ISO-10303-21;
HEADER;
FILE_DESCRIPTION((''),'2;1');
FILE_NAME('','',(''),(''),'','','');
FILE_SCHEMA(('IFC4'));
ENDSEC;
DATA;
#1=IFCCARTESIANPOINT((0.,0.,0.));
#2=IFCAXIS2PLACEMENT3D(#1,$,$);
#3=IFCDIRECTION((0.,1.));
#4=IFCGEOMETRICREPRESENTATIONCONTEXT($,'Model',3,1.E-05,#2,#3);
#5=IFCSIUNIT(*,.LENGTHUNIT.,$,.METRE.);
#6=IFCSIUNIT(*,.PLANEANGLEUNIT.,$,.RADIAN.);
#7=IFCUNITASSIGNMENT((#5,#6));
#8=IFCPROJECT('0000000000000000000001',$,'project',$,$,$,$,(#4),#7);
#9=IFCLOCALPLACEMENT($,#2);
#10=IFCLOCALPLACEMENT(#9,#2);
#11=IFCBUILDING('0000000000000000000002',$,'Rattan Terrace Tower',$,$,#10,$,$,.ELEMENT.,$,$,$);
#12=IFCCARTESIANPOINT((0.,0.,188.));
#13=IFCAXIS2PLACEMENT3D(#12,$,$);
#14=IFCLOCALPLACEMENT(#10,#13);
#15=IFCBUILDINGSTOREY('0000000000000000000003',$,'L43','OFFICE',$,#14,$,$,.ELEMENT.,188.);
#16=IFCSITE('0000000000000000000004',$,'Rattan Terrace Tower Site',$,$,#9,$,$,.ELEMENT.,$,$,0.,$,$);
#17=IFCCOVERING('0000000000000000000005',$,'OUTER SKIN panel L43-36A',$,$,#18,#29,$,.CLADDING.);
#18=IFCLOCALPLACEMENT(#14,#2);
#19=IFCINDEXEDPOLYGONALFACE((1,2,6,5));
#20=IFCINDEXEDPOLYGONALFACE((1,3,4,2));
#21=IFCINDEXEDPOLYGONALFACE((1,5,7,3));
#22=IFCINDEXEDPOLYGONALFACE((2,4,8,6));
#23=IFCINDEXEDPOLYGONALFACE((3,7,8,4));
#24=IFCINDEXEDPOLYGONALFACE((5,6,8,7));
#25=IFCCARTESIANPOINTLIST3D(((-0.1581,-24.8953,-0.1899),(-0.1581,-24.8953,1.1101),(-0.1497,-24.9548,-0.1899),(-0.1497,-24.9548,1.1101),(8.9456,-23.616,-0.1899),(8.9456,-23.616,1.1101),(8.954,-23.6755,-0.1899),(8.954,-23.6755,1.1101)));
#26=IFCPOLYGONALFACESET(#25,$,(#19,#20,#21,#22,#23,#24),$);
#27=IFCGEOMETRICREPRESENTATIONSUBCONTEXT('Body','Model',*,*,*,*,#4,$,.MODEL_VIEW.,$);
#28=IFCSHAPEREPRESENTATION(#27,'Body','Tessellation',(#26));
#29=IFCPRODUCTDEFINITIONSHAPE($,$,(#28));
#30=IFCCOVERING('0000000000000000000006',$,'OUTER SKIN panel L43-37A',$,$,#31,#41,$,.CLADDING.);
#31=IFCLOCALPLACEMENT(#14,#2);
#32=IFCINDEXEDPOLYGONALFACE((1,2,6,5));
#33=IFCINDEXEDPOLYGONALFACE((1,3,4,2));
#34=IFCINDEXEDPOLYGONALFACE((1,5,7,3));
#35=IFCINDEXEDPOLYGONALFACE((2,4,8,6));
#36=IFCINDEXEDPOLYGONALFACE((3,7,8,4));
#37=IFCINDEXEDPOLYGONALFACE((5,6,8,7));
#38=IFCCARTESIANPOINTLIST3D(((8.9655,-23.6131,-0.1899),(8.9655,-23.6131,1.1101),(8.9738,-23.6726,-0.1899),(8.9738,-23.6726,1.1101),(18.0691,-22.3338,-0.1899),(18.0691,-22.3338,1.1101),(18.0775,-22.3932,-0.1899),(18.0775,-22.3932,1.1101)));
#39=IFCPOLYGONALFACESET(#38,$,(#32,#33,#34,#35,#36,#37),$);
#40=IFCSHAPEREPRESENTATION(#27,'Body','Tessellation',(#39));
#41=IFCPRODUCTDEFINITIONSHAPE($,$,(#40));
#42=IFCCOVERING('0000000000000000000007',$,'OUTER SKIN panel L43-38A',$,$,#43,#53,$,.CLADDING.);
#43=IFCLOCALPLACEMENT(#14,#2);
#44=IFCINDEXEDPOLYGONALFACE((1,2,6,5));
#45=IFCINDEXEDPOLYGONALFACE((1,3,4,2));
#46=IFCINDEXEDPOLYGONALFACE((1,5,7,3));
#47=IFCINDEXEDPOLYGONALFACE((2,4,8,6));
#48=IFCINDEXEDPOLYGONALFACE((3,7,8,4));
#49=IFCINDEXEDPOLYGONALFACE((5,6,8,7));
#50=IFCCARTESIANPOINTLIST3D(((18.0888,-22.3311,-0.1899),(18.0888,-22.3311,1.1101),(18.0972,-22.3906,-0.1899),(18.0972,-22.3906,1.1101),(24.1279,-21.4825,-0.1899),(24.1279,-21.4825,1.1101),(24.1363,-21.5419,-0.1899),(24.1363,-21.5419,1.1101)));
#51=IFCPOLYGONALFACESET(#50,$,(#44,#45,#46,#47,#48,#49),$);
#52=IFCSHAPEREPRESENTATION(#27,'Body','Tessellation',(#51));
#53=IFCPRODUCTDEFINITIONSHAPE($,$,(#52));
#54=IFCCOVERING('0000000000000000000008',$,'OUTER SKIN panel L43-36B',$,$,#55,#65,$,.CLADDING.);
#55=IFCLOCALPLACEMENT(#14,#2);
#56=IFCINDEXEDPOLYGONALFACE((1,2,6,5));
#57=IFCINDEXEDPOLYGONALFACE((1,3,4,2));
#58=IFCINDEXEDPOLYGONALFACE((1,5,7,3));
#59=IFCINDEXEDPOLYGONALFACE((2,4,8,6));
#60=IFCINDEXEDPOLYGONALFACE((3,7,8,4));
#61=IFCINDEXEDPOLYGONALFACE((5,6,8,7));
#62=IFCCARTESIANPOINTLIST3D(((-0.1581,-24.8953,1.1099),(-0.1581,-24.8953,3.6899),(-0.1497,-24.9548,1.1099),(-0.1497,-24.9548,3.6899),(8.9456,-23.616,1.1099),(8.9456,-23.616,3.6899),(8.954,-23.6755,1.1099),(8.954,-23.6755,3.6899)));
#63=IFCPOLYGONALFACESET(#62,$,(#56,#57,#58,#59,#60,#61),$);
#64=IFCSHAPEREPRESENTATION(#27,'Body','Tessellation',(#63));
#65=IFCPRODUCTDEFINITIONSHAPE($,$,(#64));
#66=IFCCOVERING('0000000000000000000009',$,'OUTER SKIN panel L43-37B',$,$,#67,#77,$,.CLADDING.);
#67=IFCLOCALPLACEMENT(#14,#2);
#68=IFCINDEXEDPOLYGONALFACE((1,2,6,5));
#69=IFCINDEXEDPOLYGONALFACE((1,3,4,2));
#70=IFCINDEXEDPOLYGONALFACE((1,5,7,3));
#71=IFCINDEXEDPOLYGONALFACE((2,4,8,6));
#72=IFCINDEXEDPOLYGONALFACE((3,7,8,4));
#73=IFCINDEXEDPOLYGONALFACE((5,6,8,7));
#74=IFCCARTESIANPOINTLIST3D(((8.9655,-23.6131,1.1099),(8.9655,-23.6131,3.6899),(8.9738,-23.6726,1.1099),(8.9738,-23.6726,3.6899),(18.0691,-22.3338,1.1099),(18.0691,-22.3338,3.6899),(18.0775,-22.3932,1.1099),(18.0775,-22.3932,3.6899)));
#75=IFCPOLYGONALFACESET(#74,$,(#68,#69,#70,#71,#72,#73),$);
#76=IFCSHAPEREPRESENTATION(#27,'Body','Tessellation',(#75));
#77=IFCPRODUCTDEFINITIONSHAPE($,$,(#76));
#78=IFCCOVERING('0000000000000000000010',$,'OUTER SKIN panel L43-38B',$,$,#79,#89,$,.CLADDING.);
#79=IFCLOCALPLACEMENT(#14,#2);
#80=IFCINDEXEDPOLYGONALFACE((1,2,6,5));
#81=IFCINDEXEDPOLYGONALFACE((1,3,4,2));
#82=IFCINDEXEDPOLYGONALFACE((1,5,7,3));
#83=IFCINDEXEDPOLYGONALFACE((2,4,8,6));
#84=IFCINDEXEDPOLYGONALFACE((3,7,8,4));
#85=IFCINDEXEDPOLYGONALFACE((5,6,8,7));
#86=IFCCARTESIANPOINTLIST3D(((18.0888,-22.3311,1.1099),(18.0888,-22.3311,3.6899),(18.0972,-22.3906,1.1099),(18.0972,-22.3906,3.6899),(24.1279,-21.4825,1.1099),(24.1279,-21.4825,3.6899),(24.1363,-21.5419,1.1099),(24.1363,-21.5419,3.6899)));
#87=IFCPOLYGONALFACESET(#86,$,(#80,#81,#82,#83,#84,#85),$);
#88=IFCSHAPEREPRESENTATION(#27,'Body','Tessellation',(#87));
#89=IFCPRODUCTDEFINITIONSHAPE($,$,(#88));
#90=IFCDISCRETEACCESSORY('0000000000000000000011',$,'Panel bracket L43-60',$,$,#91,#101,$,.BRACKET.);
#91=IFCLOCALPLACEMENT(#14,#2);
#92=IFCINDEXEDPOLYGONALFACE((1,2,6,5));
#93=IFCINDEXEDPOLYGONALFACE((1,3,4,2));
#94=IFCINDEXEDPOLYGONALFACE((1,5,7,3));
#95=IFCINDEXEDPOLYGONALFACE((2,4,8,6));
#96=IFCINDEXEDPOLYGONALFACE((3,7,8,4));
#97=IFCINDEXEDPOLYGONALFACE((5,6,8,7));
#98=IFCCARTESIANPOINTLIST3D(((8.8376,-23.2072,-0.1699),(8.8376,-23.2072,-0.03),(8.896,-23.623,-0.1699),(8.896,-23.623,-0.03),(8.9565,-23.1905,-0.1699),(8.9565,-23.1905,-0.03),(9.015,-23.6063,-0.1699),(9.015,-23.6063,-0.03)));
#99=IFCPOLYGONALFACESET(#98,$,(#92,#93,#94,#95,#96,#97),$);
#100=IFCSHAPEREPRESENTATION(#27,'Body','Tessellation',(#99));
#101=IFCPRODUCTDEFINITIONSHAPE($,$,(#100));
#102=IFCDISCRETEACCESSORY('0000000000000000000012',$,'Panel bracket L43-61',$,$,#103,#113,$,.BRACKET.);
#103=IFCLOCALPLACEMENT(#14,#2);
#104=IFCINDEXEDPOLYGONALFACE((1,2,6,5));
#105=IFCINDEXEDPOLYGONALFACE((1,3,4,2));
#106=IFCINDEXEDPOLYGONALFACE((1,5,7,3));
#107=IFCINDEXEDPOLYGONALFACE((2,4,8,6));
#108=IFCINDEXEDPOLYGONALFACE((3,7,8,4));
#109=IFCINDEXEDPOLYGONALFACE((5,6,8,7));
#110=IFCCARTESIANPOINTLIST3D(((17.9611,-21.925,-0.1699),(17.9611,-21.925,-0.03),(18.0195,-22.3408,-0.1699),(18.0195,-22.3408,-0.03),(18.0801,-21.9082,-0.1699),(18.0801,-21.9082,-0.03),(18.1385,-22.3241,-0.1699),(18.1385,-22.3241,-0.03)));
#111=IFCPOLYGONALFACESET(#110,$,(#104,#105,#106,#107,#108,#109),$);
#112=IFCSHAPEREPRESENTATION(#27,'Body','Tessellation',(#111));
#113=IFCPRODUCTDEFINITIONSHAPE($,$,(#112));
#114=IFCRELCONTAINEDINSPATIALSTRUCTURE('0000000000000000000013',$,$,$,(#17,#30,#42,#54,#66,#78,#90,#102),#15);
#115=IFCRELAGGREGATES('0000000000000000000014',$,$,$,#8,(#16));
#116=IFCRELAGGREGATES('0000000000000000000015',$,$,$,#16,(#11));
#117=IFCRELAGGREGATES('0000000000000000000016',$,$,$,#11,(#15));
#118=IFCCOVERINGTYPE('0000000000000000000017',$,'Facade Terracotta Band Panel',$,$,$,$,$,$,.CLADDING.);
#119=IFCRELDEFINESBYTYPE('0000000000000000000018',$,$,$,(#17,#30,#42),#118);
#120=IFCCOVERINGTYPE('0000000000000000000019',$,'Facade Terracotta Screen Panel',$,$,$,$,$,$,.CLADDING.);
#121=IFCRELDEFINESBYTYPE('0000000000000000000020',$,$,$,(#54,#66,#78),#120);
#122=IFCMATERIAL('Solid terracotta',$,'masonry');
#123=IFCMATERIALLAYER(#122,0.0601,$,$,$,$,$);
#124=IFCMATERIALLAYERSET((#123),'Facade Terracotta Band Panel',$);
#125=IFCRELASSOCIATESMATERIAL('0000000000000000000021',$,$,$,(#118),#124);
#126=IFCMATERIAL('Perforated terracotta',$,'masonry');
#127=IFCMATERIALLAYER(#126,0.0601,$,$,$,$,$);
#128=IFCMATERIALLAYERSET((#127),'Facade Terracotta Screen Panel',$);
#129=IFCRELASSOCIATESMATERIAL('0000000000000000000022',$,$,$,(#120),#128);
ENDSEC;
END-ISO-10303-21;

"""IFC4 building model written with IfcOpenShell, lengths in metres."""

from ifc_helpers import new_model, si_unit, direction, frame, origin, origin_2d, place, context, subcontext, project, spatial, rectangle, extrude, material, layer, layer_set, type_object, element, save


model = new_model("IFC4")

# Units and contexts
model_context = context("Model", 3, precision=1e-05, world=origin(), true_north=direction((0.0, 1.0)))
body_context = subcontext(model_context, "Body", "Model", "MODEL_VIEW")
ifc_project = project(units=[si_unit("LENGTHUNIT", "METRE"), si_unit("PLANEANGLEUNIT", "RADIAN")], contexts=[model_context])

# Site, building, storey
site_placement = place(None, origin())
site = spatial("IfcSite", under=ifc_project, at=site_placement, Name="Rattan Terrace Tower Site", CompositionType="ELEMENT", RefElevation=0.0)
building_placement = place(site_placement, origin())
building = spatial("IfcBuilding", under=site, at=building_placement, Name="Rattan Terrace Tower", CompositionType="ELEMENT")
storey_placement = place(building_placement, frame((0.0, 0.0, 188.0)))
storey = spatial("IfcBuildingStorey", under=building, at=storey_placement, Name="L43", Description="OFFICE", CompositionType="ELEMENT", Elevation=188.0)

# Coverings
ifc_material_1 = material(Name="Solid terracotta", Category="masonry")
ifc_layer_1 = layer(ifc_material_1, 0.0601)
ifc_layer_set_1 = layer_set([ifc_layer_1], Name="Facade Terracotta Band Panel")
covering_type_1 = type_object("IfcCoveringType", Name="Facade Terracotta Band Panel", PredefinedType="CLADDING", material=ifc_layer_set_1)
for number, where, z_axis, x_axis, name in (
    (1, (4.3979, -24.2854, -0.1899), (0.0, 0.0, 1.0), (0.99027, 0.139161, 0.0), "OUTER SKIN panel L43-36A"),
    (2, (13.5215, -23.0032, -0.1899), (0.0, 0.0, 1.0), (0.99027, 0.139161, 0.0), "OUTER SKIN panel L43-37A"),
):
    element("IfcCovering", number, at=place(storey_placement, frame(where, z_axis=z_axis, x_axis=x_axis)), inside=storey, type_object=covering_type_1, Name=name, PredefinedType="CLADDING", context=body_context, shape_type="SweptSolid", body=[
        extrude(rectangle(XDim=9.1931, YDim=0.0601, at=origin_2d()), origin(), (0.0, 0.0, 1.0), 1.3),
    ])
covering_1_placement = place(storey_placement, frame((21.1125, -21.9365, -0.1899), z_axis=(0.0, 0.0, 1.0), x_axis=(0.99027, 0.139161, 0.0)))
element("IfcCovering", 3, at=covering_1_placement, inside=storey, type_object=covering_type_1, Name="OUTER SKIN panel L43-38A", PredefinedType="CLADDING", context=body_context, shape_type="SweptSolid", body=[
    extrude(rectangle(XDim=6.0984, YDim=0.0601, at=origin_2d()), origin(), (0.0, 0.0, 1.0), 1.3),
])
ifc_material_2 = material(Name="Perforated terracotta", Category="masonry")
ifc_layer_2 = layer(ifc_material_2, 0.0601)
ifc_layer_set_2 = layer_set([ifc_layer_2], Name="Facade Terracotta Screen Panel")
covering_type_2 = type_object("IfcCoveringType", Name="Facade Terracotta Screen Panel", PredefinedType="CLADDING", material=ifc_layer_set_2)
for number, where, z_axis, x_axis, name in (
    (4, (4.3979, -24.2854, 1.1099), (0.0, 0.0, 1.0), (0.99027, 0.139161, 0.0), "OUTER SKIN panel L43-36B"),
    (5, (13.5215, -23.0032, 1.1099), (0.0, 0.0, 1.0), (0.99027, 0.139161, 0.0), "OUTER SKIN panel L43-37B"),
):
    element("IfcCovering", number, at=place(storey_placement, frame(where, z_axis=z_axis, x_axis=x_axis)), inside=storey, type_object=covering_type_2, Name=name, PredefinedType="CLADDING", context=body_context, shape_type="SweptSolid", body=[
        extrude(rectangle(XDim=9.1931, YDim=0.0601, at=origin_2d()), origin(), (0.0, 0.0, 1.0), 2.5801),
    ])
covering_2_placement = place(storey_placement, frame((21.1125, -21.9365, 1.1099), z_axis=(0.0, 0.0, 1.0), x_axis=(0.99027, 0.139161, 0.0)))
element("IfcCovering", 6, at=covering_2_placement, inside=storey, type_object=covering_type_2, Name="OUTER SKIN panel L43-38B", PredefinedType="CLADDING", context=body_context, shape_type="SweptSolid", body=[
    extrude(rectangle(XDim=6.0984, YDim=0.0601, at=origin_2d()), origin(), (0.0, 0.0, 1.0), 2.5801),
])

# Discrete accessories
for number, where, z_axis, x_axis, name in (
    (7, (8.9263, -23.4067, -0.1699), (0.0, 0.0, 1.0), (0.99027, 0.139161, 0.0), "Panel bracket L43-60"),
    (8, (18.0498, -22.1245, -0.1699), (0.0, 0.0, 1.0), (0.99027, 0.139161, 0.0), "Panel bracket L43-61"),
):
    element("IfcDiscreteAccessory", number, at=place(storey_placement, frame(where, z_axis=z_axis, x_axis=x_axis)), inside=storey, Name=name, PredefinedType="BRACKET", context=body_context, shape_type="SweptSolid", body=[
        extrude(rectangle(XDim=0.1201, YDim=0.4199, at=origin_2d()), origin(), (0.0, 0.0, 1.0), 0.1399),
    ])

save(model, "model.ifc")
